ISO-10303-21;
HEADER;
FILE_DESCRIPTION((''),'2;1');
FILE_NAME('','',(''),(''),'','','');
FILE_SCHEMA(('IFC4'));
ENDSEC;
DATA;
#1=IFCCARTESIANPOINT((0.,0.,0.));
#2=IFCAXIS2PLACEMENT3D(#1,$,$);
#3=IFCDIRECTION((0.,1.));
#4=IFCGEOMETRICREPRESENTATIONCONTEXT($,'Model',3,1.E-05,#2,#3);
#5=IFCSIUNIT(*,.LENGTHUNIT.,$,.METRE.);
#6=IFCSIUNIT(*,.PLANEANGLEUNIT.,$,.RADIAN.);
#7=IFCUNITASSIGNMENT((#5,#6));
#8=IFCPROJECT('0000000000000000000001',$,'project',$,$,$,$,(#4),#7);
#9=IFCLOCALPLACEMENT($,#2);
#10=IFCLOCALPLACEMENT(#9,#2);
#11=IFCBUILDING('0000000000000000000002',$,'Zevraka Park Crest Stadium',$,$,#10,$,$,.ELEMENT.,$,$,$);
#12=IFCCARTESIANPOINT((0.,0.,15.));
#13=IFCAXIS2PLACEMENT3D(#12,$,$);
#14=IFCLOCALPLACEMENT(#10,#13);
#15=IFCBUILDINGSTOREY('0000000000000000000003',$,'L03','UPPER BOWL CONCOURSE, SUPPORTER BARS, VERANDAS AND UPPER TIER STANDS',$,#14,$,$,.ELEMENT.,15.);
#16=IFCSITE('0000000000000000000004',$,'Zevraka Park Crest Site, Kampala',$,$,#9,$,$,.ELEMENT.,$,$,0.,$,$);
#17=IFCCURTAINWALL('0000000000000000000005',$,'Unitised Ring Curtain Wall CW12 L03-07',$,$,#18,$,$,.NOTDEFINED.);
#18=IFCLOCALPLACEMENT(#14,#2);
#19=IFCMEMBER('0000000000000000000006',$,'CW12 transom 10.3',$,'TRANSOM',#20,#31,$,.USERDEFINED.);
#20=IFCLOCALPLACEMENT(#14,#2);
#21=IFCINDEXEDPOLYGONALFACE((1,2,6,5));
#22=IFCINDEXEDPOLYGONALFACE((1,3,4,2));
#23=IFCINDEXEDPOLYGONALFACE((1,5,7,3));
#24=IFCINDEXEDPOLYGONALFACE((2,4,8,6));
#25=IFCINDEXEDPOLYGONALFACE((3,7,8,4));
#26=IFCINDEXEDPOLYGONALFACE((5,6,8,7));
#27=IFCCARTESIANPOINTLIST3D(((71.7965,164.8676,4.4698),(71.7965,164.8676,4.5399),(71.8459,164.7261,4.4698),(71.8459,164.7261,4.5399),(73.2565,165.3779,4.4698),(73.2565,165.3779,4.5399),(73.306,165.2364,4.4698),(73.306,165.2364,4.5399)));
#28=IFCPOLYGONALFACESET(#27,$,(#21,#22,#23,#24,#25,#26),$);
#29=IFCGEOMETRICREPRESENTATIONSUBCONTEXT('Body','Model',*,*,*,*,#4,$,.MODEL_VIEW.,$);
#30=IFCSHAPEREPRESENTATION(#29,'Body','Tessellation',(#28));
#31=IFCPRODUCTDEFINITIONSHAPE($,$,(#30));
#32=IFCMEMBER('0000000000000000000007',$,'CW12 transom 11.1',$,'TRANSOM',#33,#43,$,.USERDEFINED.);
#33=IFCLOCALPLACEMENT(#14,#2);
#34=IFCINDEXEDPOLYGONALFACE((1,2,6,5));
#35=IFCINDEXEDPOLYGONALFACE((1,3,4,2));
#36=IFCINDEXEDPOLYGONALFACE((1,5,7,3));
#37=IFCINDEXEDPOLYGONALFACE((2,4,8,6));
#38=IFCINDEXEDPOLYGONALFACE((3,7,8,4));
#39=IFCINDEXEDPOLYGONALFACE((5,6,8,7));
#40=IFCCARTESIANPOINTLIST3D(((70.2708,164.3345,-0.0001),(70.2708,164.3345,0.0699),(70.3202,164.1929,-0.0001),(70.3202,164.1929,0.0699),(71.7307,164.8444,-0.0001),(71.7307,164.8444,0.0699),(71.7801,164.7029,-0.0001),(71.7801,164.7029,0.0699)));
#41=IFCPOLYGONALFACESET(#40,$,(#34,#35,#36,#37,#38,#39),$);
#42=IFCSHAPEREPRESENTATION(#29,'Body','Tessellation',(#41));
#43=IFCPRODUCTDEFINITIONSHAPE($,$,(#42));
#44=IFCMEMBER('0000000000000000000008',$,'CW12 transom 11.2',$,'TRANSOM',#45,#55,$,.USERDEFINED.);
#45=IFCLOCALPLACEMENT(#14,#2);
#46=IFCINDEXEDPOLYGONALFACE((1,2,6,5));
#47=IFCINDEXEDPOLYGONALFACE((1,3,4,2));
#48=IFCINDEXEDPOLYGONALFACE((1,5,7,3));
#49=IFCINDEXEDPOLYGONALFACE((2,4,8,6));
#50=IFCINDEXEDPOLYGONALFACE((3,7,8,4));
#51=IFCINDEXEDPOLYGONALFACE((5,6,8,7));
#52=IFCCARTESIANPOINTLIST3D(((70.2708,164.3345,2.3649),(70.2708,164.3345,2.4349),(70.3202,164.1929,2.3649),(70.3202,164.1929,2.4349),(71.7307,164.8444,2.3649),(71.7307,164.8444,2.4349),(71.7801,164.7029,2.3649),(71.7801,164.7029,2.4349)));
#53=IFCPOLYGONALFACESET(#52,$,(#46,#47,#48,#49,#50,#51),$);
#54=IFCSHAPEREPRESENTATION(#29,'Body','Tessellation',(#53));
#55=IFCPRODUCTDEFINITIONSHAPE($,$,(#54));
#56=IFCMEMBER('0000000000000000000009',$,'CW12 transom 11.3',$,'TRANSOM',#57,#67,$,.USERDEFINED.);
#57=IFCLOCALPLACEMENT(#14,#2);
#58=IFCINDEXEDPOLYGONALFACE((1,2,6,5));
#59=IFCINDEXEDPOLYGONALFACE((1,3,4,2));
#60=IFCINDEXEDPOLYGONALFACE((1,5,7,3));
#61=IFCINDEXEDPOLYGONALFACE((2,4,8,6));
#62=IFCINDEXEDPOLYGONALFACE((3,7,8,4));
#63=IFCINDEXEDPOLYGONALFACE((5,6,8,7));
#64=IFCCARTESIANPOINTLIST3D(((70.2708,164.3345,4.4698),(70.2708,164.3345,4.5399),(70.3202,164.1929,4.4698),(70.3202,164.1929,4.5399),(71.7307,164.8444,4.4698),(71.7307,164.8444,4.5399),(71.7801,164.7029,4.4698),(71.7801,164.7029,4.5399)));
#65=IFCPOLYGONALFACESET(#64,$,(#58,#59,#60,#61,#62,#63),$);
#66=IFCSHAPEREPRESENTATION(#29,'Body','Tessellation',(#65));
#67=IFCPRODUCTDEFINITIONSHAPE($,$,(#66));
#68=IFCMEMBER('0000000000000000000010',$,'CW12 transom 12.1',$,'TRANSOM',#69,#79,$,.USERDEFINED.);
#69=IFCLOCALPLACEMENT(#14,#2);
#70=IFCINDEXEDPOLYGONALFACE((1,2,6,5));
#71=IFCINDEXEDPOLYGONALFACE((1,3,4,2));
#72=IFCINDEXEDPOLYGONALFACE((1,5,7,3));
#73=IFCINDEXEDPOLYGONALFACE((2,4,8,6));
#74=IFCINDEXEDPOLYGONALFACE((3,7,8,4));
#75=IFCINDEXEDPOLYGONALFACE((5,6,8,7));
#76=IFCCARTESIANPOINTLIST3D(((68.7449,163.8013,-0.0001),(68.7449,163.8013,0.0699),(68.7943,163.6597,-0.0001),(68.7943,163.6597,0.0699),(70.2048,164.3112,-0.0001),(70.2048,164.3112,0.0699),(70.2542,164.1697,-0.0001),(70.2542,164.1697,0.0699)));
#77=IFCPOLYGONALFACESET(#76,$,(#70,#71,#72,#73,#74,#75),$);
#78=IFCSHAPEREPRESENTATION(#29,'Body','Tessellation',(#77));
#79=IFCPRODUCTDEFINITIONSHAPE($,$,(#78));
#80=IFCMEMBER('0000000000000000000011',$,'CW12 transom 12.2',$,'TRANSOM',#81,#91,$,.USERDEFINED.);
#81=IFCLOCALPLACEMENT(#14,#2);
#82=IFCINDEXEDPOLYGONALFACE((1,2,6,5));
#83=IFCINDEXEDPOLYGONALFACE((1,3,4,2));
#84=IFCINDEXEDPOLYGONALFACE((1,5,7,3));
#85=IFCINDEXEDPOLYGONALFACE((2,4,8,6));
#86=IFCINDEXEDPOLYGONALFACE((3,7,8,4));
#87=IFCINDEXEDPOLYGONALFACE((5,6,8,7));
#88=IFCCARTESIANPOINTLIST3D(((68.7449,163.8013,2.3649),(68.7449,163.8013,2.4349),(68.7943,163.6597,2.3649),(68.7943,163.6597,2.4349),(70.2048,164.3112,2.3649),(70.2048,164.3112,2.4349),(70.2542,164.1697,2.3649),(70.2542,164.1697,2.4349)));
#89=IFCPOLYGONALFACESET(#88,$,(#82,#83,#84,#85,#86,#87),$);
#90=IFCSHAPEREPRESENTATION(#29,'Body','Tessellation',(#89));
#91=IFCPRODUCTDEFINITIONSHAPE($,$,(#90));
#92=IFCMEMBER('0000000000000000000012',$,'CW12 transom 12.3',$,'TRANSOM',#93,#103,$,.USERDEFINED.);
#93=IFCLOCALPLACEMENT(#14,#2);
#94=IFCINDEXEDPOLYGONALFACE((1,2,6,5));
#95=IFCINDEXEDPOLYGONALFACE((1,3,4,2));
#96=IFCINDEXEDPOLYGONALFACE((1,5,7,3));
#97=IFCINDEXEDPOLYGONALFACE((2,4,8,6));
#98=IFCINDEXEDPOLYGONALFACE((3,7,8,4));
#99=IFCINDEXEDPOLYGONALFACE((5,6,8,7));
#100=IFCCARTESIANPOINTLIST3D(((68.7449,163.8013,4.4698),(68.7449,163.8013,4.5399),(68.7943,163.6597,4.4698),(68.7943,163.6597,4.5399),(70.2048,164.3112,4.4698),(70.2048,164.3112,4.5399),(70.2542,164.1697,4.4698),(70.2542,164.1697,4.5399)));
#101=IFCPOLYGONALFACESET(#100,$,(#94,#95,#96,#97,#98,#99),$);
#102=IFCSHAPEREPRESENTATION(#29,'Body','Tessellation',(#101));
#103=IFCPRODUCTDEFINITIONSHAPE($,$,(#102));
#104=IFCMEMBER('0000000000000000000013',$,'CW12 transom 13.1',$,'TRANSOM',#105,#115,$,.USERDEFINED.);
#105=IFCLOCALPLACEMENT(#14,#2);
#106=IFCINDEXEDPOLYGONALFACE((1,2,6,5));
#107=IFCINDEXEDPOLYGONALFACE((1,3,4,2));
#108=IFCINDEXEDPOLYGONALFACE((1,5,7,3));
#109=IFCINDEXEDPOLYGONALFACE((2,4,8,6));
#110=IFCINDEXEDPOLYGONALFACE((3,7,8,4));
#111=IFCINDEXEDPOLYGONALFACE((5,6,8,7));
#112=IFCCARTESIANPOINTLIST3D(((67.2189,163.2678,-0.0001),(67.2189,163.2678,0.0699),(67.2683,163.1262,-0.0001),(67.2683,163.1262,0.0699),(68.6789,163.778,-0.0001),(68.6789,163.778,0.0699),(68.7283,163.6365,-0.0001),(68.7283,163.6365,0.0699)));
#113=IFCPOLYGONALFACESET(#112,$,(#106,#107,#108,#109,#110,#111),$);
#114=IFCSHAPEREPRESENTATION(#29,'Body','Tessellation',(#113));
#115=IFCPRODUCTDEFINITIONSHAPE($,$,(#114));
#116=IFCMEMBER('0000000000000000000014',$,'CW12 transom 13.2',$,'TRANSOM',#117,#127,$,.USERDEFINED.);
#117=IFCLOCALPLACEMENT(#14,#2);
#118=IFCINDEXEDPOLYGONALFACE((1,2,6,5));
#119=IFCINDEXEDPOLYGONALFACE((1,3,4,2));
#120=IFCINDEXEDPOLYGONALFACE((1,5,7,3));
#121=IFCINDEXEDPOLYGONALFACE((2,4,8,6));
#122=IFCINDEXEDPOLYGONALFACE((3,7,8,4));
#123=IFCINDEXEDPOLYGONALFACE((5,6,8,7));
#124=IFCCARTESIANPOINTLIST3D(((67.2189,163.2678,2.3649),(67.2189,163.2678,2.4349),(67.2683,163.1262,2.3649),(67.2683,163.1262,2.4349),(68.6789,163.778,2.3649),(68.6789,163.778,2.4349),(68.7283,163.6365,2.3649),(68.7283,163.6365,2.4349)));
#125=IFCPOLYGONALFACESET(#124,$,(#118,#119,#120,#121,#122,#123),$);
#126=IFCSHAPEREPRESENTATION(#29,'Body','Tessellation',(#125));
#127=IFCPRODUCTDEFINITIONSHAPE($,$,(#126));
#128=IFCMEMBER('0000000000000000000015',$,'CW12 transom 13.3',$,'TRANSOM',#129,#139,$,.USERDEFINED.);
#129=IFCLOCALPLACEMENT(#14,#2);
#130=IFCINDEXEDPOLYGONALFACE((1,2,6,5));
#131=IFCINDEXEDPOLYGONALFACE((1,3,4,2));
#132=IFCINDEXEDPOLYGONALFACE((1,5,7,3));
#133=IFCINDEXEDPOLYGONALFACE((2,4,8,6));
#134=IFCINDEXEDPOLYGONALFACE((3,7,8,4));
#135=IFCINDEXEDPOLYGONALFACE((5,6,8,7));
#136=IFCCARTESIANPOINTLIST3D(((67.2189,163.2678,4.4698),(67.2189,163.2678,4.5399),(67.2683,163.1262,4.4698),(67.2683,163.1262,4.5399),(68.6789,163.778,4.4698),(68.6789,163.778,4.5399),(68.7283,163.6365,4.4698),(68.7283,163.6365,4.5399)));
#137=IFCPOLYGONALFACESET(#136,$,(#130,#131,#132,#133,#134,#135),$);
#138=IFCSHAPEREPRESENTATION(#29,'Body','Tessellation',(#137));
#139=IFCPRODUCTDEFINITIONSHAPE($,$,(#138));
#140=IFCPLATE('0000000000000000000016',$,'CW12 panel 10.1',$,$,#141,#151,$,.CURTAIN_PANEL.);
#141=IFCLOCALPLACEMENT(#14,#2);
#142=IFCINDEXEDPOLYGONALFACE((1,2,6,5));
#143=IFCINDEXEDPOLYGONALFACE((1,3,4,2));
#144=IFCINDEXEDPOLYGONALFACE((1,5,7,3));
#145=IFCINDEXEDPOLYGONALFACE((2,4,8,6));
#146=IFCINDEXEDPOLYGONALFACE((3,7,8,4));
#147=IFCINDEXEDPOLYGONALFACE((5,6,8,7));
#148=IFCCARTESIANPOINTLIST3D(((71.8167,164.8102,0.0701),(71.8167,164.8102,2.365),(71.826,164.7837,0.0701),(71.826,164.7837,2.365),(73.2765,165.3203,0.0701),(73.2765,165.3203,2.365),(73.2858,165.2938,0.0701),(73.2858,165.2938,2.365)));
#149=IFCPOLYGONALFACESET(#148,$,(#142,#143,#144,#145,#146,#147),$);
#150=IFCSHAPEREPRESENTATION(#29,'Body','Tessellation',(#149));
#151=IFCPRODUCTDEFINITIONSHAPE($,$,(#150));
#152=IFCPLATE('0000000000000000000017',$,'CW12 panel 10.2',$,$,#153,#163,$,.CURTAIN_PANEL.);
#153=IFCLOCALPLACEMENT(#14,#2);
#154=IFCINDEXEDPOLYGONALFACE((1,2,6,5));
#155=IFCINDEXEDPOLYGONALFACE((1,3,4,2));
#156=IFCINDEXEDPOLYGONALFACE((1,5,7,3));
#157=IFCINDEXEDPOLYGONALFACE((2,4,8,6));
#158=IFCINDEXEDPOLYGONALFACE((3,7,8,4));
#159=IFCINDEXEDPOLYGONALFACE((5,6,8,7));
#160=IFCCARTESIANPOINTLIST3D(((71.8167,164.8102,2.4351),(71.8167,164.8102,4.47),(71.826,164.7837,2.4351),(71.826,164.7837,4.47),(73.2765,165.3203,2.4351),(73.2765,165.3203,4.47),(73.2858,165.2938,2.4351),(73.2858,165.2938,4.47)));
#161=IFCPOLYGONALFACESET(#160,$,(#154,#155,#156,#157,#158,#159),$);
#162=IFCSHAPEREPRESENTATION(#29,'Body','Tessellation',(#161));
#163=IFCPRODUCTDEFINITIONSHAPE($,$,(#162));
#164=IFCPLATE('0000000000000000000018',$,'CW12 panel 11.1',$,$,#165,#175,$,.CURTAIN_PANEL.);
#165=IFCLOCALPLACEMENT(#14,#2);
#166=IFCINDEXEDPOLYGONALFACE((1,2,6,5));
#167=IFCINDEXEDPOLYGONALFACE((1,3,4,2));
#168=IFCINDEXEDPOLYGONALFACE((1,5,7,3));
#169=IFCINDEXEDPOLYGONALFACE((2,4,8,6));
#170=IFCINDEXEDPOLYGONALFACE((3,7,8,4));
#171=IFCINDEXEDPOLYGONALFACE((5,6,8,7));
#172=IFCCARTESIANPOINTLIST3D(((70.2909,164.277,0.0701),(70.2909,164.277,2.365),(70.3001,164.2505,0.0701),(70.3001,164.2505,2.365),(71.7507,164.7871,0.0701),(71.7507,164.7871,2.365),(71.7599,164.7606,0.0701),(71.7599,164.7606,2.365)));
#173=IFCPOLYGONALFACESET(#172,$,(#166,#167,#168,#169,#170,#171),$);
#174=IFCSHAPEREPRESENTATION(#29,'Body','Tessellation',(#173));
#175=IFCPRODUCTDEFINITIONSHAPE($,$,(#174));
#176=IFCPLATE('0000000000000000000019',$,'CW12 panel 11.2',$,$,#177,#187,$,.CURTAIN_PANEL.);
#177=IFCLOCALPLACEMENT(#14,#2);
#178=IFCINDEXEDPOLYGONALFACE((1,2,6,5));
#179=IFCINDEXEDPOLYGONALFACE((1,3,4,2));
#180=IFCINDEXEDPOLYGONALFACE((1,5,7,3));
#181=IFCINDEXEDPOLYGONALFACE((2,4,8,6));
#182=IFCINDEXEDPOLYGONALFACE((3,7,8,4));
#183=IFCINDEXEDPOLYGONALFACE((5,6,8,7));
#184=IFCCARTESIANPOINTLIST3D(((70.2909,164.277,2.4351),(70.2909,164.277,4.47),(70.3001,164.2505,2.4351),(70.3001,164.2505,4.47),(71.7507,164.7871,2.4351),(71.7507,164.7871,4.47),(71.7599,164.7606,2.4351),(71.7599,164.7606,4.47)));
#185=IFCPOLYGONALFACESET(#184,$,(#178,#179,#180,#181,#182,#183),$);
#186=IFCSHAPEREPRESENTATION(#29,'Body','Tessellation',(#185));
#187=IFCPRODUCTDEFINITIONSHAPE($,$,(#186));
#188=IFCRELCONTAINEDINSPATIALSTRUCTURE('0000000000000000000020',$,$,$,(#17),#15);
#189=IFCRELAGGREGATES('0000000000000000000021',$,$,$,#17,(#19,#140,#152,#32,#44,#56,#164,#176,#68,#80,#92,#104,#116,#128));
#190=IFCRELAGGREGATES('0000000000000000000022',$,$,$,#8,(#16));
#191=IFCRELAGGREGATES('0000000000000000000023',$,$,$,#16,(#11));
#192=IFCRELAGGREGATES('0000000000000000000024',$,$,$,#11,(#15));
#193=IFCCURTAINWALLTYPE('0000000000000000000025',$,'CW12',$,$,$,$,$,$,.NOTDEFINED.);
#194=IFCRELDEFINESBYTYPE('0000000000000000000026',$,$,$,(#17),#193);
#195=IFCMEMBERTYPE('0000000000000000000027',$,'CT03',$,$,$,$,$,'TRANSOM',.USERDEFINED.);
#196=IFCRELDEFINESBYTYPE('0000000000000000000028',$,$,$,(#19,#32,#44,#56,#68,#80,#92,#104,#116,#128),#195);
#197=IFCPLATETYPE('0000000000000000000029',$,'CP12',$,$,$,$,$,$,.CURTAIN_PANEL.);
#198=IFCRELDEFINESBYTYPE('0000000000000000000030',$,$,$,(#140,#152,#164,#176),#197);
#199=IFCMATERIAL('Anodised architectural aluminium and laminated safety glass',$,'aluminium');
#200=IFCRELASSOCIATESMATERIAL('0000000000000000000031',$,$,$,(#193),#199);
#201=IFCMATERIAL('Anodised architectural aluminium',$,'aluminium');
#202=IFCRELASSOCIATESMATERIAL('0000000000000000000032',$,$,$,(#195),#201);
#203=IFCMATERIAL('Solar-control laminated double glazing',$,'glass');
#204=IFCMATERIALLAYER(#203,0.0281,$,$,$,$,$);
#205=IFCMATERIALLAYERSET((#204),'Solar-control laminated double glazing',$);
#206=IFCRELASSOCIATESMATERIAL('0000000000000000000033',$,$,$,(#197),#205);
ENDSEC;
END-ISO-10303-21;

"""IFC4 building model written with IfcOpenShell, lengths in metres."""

from ifc_helpers import new_model, si_unit, direction, frame, origin, origin_2d, place, context, subcontext, project, spatial, rectangle, extrude, material, layer, layer_set, material_profile, profile_set, type_object, element, aggregate, save


model = new_model("IFC4")

# Units and contexts
model_context = context("Model", 3, precision=1e-05, world=origin(), true_north=direction((0.0, 1.0)))
body_context = subcontext(model_context, "Body", "Model", "MODEL_VIEW")
ifc_project = project(units=[si_unit("LENGTHUNIT", "METRE"), si_unit("PLANEANGLEUNIT", "RADIAN")], contexts=[model_context])

# Site, building, storey
site_placement = place(None, origin())
site = spatial("IfcSite", under=ifc_project, at=site_placement, Name="Zevraka Park Crest Site, Kampala", CompositionType="ELEMENT", RefElevation=0.0)
building_placement = place(site_placement, origin())
building = spatial("IfcBuilding", under=site, at=building_placement, Name="Zevraka Park Crest Stadium", CompositionType="ELEMENT")
storey_placement = place(building_placement, frame((0.0, 0.0, 15.0)))
storey = spatial("IfcBuildingStorey", under=building, at=storey_placement, Name="L03", Description="UPPER BOWL CONCOURSE, SUPPORTER BARS, VERANDAS AND UPPER TIER STANDS", CompositionType="ELEMENT", Elevation=15.0)

# Curtain wall, members, plates
ifc_material_1 = material(Name="Anodised architectural aluminium and laminated safety glass", Category="aluminium")
curtain_wall_type = type_object("IfcCurtainWallType", Name="CW12", PredefinedType="NOTDEFINED", material=ifc_material_1)
curtain_wall_placement = place(storey_placement, origin())
curtain_wall = element("IfcCurtainWall", 1, at=curtain_wall_placement, inside=storey, type_object=curtain_wall_type, Name="Unitised Ring Curtain Wall CW12 L03-07", PredefinedType="NOTDEFINED")
ifc_material_2 = material(Name="Anodised architectural aluminium", Category="aluminium")
ifc_material_profile_1 = material_profile(ifc_material_2, rectangle(XDim=0.1499, YDim=0.0701, at=origin_2d()), Name="ALU TRANSOM 150x70")
ifc_profile_set_1 = profile_set([ifc_material_profile_1], Name="Anodised architectural aluminium")
member_type_1 = type_object("IfcMemberType", Name="CT03", ElementType="TRANSOM", PredefinedType="USERDEFINED", material=ifc_profile_set_1)
member_1_placement = place(storey_placement, frame((73.2812, 165.3071, 4.5049), z_axis=(-0.944006, -0.329928, 0.0), x_axis=(0.329928, -0.944006, 0.0)))
member_1 = element("IfcMember", 2, at=member_1_placement, type_object=member_type_1, Name="CW12 transom 10.3", ObjectType="TRANSOM", PredefinedType="USERDEFINED", context=body_context, shape_type="SweptSolid", body=[
    extrude(rectangle(XDim=0.1499, YDim=0.0701, at=origin_2d()), origin(), (0.0, 0.0, 1.0), 1.5466),
])
member_2_placement = place(storey_placement, frame((71.7554, 164.7737, 0.0349), z_axis=(-0.944055, -0.329788, 0.0), x_axis=(0.329788, -0.944055, 0.0)))
member_2 = element("IfcMember", 3, at=member_2_placement, type_object=member_type_1, Name="CW12 transom 11.1", ObjectType="TRANSOM", PredefinedType="USERDEFINED", context=body_context, shape_type="SweptSolid", body=[
    extrude(rectangle(XDim=0.1499, YDim=0.0701, at=origin_2d()), origin(), (0.0, 0.0, 1.0), 1.5464),
])
member_3_placement = place(storey_placement, frame((71.7554, 164.7737, 2.3999), z_axis=(-0.944055, -0.329788, 0.0), x_axis=(0.329788, -0.944055, 0.0)))
member_3 = element("IfcMember", 4, at=member_3_placement, type_object=member_type_1, Name="CW12 transom 11.2", ObjectType="TRANSOM", PredefinedType="USERDEFINED", context=body_context, shape_type="SweptSolid", body=[
    extrude(rectangle(XDim=0.1499, YDim=0.0701, at=origin_2d()), origin(), (0.0, 0.0, 1.0), 1.5464),
])
member_4_placement = place(storey_placement, frame((71.7554, 164.7737, 4.5049), z_axis=(-0.944055, -0.329788, 0.0), x_axis=(0.329788, -0.944055, 0.0)))
member_4 = element("IfcMember", 5, at=member_4_placement, type_object=member_type_1, Name="CW12 transom 11.3", ObjectType="TRANSOM", PredefinedType="USERDEFINED", context=body_context, shape_type="SweptSolid", body=[
    extrude(rectangle(XDim=0.1499, YDim=0.0701, at=origin_2d()), origin(), (0.0, 0.0, 1.0), 1.5464),
])
member_5_placement = place(storey_placement, frame((70.2295, 164.2405, 0.0349), z_axis=(-0.944055, -0.329788, 0.0), x_axis=(0.329788, -0.944055, 0.0)))
member_5 = element("IfcMember", 6, at=member_5_placement, type_object=member_type_1, Name="CW12 transom 12.1", ObjectType="TRANSOM", PredefinedType="USERDEFINED", context=body_context, shape_type="SweptSolid", body=[
    extrude(rectangle(XDim=0.1499, YDim=0.0701, at=origin_2d()), origin(), (0.0, 0.0, 1.0), 1.5464),
])
member_6_placement = place(storey_placement, frame((70.2295, 164.2405, 2.3999), z_axis=(-0.944055, -0.329788, 0.0), x_axis=(0.329788, -0.944055, 0.0)))
member_6 = element("IfcMember", 7, at=member_6_placement, type_object=member_type_1, Name="CW12 transom 12.2", ObjectType="TRANSOM", PredefinedType="USERDEFINED", context=body_context, shape_type="SweptSolid", body=[
    extrude(rectangle(XDim=0.1499, YDim=0.0701, at=origin_2d()), origin(), (0.0, 0.0, 1.0), 1.5464),
])
member_7_placement = place(storey_placement, frame((70.2295, 164.2405, 4.5049), z_axis=(-0.944055, -0.329788, 0.0), x_axis=(0.329788, -0.944055, 0.0)))
member_7 = element("IfcMember", 8, at=member_7_placement, type_object=member_type_1, Name="CW12 transom 12.3", ObjectType="TRANSOM", PredefinedType="USERDEFINED", context=body_context, shape_type="SweptSolid", body=[
    extrude(rectangle(XDim=0.1499, YDim=0.0701, at=origin_2d()), origin(), (0.0, 0.0, 1.0), 1.5464),
])
member_8_placement = place(storey_placement, frame((68.7036, 163.7073, 0.0349), z_axis=(-0.944006, -0.329928, 0.0), x_axis=(0.329928, -0.944006, 0.0)))
member_8 = element("IfcMember", 9, at=member_8_placement, type_object=member_type_1, Name="CW12 transom 13.1", ObjectType="TRANSOM", PredefinedType="USERDEFINED", context=body_context, shape_type="SweptSolid", body=[
    extrude(rectangle(XDim=0.1499, YDim=0.0701, at=origin_2d()), origin(), (0.0, 0.0, 1.0), 1.5466),
])
member_9_placement = place(storey_placement, frame((68.7036, 163.7073, 2.3999), z_axis=(-0.944006, -0.329928, 0.0), x_axis=(0.329928, -0.944006, 0.0)))
member_9 = element("IfcMember", 10, at=member_9_placement, type_object=member_type_1, Name="CW12 transom 13.2", ObjectType="TRANSOM", PredefinedType="USERDEFINED", context=body_context, shape_type="SweptSolid", body=[
    extrude(rectangle(XDim=0.1499, YDim=0.0701, at=origin_2d()), origin(), (0.0, 0.0, 1.0), 1.5466),
])
member_10_placement = place(storey_placement, frame((68.7036, 163.7073, 4.5049), z_axis=(-0.944006, -0.329928, 0.0), x_axis=(0.329928, -0.944006, 0.0)))
member_10 = element("IfcMember", 11, at=member_10_placement, type_object=member_type_1, Name="CW12 transom 13.3", ObjectType="TRANSOM", PredefinedType="USERDEFINED", context=body_context, shape_type="SweptSolid", body=[
    extrude(rectangle(XDim=0.1499, YDim=0.0701, at=origin_2d()), origin(), (0.0, 0.0, 1.0), 1.5466),
])
ifc_material_3 = material(Name="Solar-control laminated double glazing", Category="glass")
ifc_layer_1 = layer(ifc_material_3, 0.0281)
ifc_layer_set_1 = layer_set([ifc_layer_1], Name="Solar-control laminated double glazing")
plate_type = type_object("IfcPlateType", Name="CP12", PredefinedType="CURTAIN_PANEL", material=ifc_layer_set_1)
plate_1_placement = place(storey_placement, frame((72.5513, 165.052, 0.0701), z_axis=(0.0, 0.0, 1.0), x_axis=(-0.94401, -0.329917, 0.0)))
plate_1 = element("IfcPlate", 12, at=plate_1_placement, type_object=plate_type, Name="CW12 panel 10.1", PredefinedType="CURTAIN_PANEL", context=body_context, shape_type="SweptSolid", body=[
    extrude(rectangle(XDim=1.5464, YDim=0.0281, at=origin_2d()), origin(), (0.0, 0.0, 1.0), 2.2949),
])
plate_2_placement = place(storey_placement, frame((72.5513, 165.052, 2.4351), z_axis=(0.0, 0.0, 1.0), x_axis=(-0.94401, -0.329917, 0.0)))
plate_2 = element("IfcPlate", 13, at=plate_2_placement, type_object=plate_type, Name="CW12 panel 10.2", PredefinedType="CURTAIN_PANEL", context=body_context, shape_type="SweptSolid", body=[
    extrude(rectangle(XDim=1.5464, YDim=0.0281, at=origin_2d()), origin(), (0.0, 0.0, 1.0), 2.0349),
])
plate_3_placement = place(storey_placement, frame((71.0254, 164.5188, 0.0701), z_axis=(0.0, 0.0, 1.0), x_axis=(-0.94401, -0.329917, 0.0)))
plate_3 = element("IfcPlate", 14, at=plate_3_placement, type_object=plate_type, Name="CW12 panel 11.1", PredefinedType="CURTAIN_PANEL", context=body_context, shape_type="SweptSolid", body=[
    extrude(rectangle(XDim=1.5464, YDim=0.0281, at=origin_2d()), origin(), (0.0, 0.0, 1.0), 2.2949),
])
plate_4_placement = place(storey_placement, frame((71.0254, 164.5188, 2.4351), z_axis=(0.0, 0.0, 1.0), x_axis=(-0.94401, -0.329917, 0.0)))
plate_4 = element("IfcPlate", 15, at=plate_4_placement, type_object=plate_type, Name="CW12 panel 11.2", PredefinedType="CURTAIN_PANEL", context=body_context, shape_type="SweptSolid", body=[
    extrude(rectangle(XDim=1.5464, YDim=0.0281, at=origin_2d()), origin(), (0.0, 0.0, 1.0), 2.0349),
])
aggregate(curtain_wall, [member_1, plate_1, plate_2, member_2, member_3, member_4, plate_3, plate_4, member_5, member_6, member_7, member_8, member_9, member_10])

save(model, "model.ifc")
